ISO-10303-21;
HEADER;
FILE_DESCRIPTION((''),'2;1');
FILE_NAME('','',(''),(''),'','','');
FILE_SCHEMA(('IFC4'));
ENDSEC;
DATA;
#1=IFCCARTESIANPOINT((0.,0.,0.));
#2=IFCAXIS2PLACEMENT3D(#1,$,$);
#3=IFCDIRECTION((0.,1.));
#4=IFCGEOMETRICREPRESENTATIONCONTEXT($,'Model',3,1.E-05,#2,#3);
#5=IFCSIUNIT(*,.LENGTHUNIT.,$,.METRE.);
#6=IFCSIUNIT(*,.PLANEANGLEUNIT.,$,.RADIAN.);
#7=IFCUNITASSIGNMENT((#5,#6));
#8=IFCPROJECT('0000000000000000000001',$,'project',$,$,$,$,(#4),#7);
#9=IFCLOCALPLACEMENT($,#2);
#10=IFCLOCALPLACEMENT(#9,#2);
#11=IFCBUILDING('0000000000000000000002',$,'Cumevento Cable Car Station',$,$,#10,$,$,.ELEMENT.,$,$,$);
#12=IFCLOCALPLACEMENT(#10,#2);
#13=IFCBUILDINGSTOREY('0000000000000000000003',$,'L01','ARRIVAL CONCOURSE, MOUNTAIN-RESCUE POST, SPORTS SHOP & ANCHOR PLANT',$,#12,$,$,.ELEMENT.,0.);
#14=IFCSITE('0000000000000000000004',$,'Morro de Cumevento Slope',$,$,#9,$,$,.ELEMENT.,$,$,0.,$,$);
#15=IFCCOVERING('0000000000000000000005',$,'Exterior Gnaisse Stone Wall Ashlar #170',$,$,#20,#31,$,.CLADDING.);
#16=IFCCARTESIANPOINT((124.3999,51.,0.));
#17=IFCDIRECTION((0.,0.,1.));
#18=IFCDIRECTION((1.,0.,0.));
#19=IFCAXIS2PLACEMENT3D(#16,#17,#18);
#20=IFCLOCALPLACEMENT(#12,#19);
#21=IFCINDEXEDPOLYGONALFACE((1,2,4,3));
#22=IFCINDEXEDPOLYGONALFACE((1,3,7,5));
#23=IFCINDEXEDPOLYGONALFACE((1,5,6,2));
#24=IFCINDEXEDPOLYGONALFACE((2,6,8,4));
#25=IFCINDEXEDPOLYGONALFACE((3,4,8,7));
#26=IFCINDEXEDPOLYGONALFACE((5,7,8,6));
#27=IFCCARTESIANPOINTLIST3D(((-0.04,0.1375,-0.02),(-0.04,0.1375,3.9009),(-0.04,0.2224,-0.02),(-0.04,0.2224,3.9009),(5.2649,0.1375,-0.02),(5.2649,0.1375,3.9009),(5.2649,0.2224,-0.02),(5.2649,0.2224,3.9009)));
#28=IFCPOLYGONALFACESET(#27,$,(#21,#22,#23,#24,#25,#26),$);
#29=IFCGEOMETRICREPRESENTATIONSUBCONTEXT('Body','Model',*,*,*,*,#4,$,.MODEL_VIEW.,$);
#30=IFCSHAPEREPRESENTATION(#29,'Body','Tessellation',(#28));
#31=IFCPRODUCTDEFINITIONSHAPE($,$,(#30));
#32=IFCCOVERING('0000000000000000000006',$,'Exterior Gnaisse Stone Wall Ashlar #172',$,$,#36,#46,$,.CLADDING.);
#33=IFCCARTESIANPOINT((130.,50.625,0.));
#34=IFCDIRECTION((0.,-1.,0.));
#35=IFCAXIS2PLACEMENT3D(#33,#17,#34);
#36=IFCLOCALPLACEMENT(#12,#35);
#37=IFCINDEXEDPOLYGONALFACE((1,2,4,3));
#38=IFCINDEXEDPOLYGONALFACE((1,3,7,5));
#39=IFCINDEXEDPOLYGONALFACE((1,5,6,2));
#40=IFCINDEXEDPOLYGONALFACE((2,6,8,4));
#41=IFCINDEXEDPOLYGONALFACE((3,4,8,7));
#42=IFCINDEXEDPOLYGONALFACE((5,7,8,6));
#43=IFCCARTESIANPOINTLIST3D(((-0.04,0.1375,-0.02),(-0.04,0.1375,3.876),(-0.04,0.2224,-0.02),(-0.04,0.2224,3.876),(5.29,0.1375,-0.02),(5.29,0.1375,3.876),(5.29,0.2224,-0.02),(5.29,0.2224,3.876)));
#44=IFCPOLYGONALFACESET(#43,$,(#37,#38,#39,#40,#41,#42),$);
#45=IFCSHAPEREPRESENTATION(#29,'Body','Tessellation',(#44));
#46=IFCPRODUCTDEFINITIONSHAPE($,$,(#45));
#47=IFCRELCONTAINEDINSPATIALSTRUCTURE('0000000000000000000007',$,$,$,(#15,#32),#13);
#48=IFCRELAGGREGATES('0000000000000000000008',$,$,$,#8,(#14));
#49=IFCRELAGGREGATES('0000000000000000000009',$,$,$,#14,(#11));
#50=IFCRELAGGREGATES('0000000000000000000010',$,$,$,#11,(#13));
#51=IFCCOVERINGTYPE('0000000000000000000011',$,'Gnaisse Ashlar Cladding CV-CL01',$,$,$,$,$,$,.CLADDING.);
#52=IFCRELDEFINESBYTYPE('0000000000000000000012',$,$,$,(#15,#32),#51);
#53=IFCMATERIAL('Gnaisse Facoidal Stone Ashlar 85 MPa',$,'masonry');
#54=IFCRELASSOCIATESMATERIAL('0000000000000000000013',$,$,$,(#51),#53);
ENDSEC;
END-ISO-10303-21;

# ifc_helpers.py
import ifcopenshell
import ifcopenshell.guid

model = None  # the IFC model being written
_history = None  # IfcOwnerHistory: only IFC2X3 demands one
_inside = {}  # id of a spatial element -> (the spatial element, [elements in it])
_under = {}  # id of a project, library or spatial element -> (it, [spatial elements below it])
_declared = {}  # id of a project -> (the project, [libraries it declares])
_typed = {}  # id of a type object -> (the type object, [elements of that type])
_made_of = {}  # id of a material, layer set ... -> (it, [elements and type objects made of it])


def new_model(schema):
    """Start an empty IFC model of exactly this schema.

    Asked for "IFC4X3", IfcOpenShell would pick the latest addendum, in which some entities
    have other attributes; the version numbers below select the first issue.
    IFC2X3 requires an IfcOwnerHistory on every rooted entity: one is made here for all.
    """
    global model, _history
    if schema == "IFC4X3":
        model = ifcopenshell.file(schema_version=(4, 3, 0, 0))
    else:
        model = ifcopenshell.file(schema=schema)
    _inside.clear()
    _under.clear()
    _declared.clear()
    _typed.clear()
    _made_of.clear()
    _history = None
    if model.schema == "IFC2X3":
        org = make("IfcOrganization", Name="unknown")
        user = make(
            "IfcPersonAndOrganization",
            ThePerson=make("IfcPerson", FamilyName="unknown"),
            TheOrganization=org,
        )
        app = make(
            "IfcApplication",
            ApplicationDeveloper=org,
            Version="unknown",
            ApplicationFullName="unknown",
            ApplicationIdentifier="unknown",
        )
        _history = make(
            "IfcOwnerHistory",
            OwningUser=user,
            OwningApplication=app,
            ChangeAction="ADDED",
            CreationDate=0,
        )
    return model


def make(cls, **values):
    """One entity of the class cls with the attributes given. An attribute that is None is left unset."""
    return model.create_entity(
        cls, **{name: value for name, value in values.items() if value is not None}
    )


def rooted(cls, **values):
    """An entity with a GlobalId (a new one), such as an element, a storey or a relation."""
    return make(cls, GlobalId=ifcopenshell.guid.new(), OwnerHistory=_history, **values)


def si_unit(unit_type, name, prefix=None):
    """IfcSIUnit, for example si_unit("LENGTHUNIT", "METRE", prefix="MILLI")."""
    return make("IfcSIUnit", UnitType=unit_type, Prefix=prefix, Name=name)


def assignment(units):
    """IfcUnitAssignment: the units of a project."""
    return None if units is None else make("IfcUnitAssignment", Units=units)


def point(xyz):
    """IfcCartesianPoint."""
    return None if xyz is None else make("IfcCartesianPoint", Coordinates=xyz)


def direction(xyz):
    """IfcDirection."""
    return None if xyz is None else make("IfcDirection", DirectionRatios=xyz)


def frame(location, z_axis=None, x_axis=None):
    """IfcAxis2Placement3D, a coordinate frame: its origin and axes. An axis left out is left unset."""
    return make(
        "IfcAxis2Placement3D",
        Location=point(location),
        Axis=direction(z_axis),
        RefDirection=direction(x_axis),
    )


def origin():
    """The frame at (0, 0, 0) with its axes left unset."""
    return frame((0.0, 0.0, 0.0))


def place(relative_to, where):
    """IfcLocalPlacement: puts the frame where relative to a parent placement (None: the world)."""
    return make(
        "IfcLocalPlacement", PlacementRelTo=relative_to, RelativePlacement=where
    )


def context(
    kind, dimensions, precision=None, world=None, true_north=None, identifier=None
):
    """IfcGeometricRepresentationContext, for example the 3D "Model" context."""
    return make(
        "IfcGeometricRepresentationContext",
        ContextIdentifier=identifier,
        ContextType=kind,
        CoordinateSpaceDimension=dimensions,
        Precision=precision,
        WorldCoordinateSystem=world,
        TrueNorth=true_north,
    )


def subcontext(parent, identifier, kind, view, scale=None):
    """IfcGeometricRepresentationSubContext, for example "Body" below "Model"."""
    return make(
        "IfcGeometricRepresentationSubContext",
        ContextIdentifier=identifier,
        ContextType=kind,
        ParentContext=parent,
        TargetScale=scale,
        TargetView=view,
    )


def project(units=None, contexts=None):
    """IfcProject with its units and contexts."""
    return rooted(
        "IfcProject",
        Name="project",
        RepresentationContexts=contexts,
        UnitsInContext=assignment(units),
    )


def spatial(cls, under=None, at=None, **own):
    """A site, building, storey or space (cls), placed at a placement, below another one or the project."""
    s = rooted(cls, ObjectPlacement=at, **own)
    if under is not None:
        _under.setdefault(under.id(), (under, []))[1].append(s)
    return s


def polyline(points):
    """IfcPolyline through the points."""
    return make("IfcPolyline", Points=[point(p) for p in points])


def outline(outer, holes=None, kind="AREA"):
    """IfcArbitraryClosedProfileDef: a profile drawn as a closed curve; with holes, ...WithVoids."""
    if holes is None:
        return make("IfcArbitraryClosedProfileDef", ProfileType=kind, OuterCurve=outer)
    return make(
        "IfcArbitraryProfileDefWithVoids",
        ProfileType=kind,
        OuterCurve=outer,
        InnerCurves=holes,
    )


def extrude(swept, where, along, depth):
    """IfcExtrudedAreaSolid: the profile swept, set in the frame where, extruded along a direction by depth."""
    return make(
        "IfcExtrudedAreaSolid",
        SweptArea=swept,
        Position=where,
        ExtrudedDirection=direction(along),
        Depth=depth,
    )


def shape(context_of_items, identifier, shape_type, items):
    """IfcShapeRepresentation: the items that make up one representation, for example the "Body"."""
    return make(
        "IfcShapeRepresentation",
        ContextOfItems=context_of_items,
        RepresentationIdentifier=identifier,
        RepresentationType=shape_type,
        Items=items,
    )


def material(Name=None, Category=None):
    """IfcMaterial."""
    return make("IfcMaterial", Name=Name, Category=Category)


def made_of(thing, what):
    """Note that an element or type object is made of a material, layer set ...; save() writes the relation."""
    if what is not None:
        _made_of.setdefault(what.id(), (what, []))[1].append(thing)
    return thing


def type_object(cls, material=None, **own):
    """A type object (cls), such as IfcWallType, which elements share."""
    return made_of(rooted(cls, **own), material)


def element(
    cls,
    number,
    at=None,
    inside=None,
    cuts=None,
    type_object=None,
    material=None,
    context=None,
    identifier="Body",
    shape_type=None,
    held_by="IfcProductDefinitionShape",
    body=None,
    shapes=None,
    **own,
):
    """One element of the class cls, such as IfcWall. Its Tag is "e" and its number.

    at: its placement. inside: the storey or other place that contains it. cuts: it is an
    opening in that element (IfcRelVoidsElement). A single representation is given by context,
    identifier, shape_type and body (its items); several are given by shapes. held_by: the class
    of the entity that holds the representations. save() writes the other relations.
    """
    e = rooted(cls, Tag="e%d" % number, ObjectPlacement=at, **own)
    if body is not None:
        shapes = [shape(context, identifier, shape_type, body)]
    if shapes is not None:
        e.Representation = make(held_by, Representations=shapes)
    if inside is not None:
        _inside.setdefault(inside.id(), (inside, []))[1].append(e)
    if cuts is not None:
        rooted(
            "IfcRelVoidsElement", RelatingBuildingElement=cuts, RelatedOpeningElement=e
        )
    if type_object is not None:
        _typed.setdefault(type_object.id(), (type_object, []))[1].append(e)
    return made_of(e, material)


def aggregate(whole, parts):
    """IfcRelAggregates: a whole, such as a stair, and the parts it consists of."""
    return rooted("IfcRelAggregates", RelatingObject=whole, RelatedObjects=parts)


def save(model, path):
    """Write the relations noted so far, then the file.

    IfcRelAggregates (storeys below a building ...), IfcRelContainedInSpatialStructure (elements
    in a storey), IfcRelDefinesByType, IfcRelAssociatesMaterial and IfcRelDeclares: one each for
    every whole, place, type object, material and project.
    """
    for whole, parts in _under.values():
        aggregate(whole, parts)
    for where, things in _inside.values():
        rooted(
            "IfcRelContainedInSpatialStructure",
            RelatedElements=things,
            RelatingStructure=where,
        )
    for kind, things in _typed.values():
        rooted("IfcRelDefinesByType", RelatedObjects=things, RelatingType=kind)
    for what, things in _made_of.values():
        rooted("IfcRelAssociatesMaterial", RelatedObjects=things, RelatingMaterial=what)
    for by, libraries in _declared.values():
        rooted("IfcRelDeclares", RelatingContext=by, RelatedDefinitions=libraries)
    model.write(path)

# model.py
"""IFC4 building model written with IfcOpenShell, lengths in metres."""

from ifc_helpers import new_model, si_unit, direction, frame, origin, place, context, subcontext, project, spatial, polyline, outline, extrude, material, type_object, element, save


model = new_model("IFC4")

# Units and contexts
model_context = context("Model", 3, precision=1e-05, world=origin(), true_north=direction((0.0, 1.0)))
body_context = subcontext(model_context, "Body", "Model", "MODEL_VIEW")
ifc_project = project(units=[si_unit("LENGTHUNIT", "METRE"), si_unit("PLANEANGLEUNIT", "RADIAN")], contexts=[model_context])

# Site, building, storey
site_placement = place(None, origin())
site = spatial("IfcSite", under=ifc_project, at=site_placement, Name="Morro de Cumevento Slope", CompositionType="ELEMENT", RefElevation=0.0)
building_placement = place(site_placement, origin())
building = spatial("IfcBuilding", under=site, at=building_placement, Name="Cumevento Cable Car Station", CompositionType="ELEMENT")
storey_placement = place(building_placement, origin())
storey = spatial("IfcBuildingStorey", under=building, at=storey_placement, Name="L01", Description="ARRIVAL CONCOURSE, MOUNTAIN-RESCUE POST, SPORTS SHOP & ANCHOR PLANT", CompositionType="ELEMENT", Elevation=0.0)

# Coverings
ifc_material_1 = material(Name="Gnaisse Facoidal Stone Ashlar 85 MPa", Category="masonry")
covering_type = type_object("IfcCoveringType", Name="Gnaisse Ashlar Cladding CV-CL01", PredefinedType="CLADDING", material=ifc_material_1)
covering_1_placement = place(storey_placement, frame((124.3999, 51.0, 0.0), z_axis=(0.0, 0.0, 1.0), x_axis=(1.0, 0.0, 0.0)))
element("IfcCovering", 1, at=covering_1_placement, inside=storey, type_object=covering_type, Name="Exterior Gnaisse Stone Wall Ashlar #170", PredefinedType="CLADDING", context=body_context, shape_type="SweptSolid", body=[
    extrude(outline(polyline([(-0.04, -0.02), (5.2649, -0.02), (5.2649, 3.9009), (-0.04, 3.9009), (-0.04, -0.02)])), frame((0.0, 0.2224, 0.0), z_axis=(0.0, -1.0, 0.0), x_axis=(1.0, 0.0, 0.0)), (0.0, 0.0, 1.0), 0.085),
])
covering_2_placement = place(storey_placement, frame((130.0, 50.625, 0.0), z_axis=(0.0, 0.0, 1.0), x_axis=(0.0, -1.0, 0.0)))
element("IfcCovering", 2, at=covering_2_placement, inside=storey, type_object=covering_type, Name="Exterior Gnaisse Stone Wall Ashlar #172", PredefinedType="CLADDING", context=body_context, shape_type="SweptSolid", body=[
    extrude(outline(polyline([(-0.04, -0.02), (5.29, -0.02), (5.29, 3.876), (-0.04, 3.876), (-0.04, -0.02)])), frame((0.0, 0.2224, 0.0), z_axis=(0.0, -1.0, 0.0), x_axis=(1.0, 0.0, 0.0)), (0.0, 0.0, 1.0), 0.085),
])

save(model, "model.ifc")
